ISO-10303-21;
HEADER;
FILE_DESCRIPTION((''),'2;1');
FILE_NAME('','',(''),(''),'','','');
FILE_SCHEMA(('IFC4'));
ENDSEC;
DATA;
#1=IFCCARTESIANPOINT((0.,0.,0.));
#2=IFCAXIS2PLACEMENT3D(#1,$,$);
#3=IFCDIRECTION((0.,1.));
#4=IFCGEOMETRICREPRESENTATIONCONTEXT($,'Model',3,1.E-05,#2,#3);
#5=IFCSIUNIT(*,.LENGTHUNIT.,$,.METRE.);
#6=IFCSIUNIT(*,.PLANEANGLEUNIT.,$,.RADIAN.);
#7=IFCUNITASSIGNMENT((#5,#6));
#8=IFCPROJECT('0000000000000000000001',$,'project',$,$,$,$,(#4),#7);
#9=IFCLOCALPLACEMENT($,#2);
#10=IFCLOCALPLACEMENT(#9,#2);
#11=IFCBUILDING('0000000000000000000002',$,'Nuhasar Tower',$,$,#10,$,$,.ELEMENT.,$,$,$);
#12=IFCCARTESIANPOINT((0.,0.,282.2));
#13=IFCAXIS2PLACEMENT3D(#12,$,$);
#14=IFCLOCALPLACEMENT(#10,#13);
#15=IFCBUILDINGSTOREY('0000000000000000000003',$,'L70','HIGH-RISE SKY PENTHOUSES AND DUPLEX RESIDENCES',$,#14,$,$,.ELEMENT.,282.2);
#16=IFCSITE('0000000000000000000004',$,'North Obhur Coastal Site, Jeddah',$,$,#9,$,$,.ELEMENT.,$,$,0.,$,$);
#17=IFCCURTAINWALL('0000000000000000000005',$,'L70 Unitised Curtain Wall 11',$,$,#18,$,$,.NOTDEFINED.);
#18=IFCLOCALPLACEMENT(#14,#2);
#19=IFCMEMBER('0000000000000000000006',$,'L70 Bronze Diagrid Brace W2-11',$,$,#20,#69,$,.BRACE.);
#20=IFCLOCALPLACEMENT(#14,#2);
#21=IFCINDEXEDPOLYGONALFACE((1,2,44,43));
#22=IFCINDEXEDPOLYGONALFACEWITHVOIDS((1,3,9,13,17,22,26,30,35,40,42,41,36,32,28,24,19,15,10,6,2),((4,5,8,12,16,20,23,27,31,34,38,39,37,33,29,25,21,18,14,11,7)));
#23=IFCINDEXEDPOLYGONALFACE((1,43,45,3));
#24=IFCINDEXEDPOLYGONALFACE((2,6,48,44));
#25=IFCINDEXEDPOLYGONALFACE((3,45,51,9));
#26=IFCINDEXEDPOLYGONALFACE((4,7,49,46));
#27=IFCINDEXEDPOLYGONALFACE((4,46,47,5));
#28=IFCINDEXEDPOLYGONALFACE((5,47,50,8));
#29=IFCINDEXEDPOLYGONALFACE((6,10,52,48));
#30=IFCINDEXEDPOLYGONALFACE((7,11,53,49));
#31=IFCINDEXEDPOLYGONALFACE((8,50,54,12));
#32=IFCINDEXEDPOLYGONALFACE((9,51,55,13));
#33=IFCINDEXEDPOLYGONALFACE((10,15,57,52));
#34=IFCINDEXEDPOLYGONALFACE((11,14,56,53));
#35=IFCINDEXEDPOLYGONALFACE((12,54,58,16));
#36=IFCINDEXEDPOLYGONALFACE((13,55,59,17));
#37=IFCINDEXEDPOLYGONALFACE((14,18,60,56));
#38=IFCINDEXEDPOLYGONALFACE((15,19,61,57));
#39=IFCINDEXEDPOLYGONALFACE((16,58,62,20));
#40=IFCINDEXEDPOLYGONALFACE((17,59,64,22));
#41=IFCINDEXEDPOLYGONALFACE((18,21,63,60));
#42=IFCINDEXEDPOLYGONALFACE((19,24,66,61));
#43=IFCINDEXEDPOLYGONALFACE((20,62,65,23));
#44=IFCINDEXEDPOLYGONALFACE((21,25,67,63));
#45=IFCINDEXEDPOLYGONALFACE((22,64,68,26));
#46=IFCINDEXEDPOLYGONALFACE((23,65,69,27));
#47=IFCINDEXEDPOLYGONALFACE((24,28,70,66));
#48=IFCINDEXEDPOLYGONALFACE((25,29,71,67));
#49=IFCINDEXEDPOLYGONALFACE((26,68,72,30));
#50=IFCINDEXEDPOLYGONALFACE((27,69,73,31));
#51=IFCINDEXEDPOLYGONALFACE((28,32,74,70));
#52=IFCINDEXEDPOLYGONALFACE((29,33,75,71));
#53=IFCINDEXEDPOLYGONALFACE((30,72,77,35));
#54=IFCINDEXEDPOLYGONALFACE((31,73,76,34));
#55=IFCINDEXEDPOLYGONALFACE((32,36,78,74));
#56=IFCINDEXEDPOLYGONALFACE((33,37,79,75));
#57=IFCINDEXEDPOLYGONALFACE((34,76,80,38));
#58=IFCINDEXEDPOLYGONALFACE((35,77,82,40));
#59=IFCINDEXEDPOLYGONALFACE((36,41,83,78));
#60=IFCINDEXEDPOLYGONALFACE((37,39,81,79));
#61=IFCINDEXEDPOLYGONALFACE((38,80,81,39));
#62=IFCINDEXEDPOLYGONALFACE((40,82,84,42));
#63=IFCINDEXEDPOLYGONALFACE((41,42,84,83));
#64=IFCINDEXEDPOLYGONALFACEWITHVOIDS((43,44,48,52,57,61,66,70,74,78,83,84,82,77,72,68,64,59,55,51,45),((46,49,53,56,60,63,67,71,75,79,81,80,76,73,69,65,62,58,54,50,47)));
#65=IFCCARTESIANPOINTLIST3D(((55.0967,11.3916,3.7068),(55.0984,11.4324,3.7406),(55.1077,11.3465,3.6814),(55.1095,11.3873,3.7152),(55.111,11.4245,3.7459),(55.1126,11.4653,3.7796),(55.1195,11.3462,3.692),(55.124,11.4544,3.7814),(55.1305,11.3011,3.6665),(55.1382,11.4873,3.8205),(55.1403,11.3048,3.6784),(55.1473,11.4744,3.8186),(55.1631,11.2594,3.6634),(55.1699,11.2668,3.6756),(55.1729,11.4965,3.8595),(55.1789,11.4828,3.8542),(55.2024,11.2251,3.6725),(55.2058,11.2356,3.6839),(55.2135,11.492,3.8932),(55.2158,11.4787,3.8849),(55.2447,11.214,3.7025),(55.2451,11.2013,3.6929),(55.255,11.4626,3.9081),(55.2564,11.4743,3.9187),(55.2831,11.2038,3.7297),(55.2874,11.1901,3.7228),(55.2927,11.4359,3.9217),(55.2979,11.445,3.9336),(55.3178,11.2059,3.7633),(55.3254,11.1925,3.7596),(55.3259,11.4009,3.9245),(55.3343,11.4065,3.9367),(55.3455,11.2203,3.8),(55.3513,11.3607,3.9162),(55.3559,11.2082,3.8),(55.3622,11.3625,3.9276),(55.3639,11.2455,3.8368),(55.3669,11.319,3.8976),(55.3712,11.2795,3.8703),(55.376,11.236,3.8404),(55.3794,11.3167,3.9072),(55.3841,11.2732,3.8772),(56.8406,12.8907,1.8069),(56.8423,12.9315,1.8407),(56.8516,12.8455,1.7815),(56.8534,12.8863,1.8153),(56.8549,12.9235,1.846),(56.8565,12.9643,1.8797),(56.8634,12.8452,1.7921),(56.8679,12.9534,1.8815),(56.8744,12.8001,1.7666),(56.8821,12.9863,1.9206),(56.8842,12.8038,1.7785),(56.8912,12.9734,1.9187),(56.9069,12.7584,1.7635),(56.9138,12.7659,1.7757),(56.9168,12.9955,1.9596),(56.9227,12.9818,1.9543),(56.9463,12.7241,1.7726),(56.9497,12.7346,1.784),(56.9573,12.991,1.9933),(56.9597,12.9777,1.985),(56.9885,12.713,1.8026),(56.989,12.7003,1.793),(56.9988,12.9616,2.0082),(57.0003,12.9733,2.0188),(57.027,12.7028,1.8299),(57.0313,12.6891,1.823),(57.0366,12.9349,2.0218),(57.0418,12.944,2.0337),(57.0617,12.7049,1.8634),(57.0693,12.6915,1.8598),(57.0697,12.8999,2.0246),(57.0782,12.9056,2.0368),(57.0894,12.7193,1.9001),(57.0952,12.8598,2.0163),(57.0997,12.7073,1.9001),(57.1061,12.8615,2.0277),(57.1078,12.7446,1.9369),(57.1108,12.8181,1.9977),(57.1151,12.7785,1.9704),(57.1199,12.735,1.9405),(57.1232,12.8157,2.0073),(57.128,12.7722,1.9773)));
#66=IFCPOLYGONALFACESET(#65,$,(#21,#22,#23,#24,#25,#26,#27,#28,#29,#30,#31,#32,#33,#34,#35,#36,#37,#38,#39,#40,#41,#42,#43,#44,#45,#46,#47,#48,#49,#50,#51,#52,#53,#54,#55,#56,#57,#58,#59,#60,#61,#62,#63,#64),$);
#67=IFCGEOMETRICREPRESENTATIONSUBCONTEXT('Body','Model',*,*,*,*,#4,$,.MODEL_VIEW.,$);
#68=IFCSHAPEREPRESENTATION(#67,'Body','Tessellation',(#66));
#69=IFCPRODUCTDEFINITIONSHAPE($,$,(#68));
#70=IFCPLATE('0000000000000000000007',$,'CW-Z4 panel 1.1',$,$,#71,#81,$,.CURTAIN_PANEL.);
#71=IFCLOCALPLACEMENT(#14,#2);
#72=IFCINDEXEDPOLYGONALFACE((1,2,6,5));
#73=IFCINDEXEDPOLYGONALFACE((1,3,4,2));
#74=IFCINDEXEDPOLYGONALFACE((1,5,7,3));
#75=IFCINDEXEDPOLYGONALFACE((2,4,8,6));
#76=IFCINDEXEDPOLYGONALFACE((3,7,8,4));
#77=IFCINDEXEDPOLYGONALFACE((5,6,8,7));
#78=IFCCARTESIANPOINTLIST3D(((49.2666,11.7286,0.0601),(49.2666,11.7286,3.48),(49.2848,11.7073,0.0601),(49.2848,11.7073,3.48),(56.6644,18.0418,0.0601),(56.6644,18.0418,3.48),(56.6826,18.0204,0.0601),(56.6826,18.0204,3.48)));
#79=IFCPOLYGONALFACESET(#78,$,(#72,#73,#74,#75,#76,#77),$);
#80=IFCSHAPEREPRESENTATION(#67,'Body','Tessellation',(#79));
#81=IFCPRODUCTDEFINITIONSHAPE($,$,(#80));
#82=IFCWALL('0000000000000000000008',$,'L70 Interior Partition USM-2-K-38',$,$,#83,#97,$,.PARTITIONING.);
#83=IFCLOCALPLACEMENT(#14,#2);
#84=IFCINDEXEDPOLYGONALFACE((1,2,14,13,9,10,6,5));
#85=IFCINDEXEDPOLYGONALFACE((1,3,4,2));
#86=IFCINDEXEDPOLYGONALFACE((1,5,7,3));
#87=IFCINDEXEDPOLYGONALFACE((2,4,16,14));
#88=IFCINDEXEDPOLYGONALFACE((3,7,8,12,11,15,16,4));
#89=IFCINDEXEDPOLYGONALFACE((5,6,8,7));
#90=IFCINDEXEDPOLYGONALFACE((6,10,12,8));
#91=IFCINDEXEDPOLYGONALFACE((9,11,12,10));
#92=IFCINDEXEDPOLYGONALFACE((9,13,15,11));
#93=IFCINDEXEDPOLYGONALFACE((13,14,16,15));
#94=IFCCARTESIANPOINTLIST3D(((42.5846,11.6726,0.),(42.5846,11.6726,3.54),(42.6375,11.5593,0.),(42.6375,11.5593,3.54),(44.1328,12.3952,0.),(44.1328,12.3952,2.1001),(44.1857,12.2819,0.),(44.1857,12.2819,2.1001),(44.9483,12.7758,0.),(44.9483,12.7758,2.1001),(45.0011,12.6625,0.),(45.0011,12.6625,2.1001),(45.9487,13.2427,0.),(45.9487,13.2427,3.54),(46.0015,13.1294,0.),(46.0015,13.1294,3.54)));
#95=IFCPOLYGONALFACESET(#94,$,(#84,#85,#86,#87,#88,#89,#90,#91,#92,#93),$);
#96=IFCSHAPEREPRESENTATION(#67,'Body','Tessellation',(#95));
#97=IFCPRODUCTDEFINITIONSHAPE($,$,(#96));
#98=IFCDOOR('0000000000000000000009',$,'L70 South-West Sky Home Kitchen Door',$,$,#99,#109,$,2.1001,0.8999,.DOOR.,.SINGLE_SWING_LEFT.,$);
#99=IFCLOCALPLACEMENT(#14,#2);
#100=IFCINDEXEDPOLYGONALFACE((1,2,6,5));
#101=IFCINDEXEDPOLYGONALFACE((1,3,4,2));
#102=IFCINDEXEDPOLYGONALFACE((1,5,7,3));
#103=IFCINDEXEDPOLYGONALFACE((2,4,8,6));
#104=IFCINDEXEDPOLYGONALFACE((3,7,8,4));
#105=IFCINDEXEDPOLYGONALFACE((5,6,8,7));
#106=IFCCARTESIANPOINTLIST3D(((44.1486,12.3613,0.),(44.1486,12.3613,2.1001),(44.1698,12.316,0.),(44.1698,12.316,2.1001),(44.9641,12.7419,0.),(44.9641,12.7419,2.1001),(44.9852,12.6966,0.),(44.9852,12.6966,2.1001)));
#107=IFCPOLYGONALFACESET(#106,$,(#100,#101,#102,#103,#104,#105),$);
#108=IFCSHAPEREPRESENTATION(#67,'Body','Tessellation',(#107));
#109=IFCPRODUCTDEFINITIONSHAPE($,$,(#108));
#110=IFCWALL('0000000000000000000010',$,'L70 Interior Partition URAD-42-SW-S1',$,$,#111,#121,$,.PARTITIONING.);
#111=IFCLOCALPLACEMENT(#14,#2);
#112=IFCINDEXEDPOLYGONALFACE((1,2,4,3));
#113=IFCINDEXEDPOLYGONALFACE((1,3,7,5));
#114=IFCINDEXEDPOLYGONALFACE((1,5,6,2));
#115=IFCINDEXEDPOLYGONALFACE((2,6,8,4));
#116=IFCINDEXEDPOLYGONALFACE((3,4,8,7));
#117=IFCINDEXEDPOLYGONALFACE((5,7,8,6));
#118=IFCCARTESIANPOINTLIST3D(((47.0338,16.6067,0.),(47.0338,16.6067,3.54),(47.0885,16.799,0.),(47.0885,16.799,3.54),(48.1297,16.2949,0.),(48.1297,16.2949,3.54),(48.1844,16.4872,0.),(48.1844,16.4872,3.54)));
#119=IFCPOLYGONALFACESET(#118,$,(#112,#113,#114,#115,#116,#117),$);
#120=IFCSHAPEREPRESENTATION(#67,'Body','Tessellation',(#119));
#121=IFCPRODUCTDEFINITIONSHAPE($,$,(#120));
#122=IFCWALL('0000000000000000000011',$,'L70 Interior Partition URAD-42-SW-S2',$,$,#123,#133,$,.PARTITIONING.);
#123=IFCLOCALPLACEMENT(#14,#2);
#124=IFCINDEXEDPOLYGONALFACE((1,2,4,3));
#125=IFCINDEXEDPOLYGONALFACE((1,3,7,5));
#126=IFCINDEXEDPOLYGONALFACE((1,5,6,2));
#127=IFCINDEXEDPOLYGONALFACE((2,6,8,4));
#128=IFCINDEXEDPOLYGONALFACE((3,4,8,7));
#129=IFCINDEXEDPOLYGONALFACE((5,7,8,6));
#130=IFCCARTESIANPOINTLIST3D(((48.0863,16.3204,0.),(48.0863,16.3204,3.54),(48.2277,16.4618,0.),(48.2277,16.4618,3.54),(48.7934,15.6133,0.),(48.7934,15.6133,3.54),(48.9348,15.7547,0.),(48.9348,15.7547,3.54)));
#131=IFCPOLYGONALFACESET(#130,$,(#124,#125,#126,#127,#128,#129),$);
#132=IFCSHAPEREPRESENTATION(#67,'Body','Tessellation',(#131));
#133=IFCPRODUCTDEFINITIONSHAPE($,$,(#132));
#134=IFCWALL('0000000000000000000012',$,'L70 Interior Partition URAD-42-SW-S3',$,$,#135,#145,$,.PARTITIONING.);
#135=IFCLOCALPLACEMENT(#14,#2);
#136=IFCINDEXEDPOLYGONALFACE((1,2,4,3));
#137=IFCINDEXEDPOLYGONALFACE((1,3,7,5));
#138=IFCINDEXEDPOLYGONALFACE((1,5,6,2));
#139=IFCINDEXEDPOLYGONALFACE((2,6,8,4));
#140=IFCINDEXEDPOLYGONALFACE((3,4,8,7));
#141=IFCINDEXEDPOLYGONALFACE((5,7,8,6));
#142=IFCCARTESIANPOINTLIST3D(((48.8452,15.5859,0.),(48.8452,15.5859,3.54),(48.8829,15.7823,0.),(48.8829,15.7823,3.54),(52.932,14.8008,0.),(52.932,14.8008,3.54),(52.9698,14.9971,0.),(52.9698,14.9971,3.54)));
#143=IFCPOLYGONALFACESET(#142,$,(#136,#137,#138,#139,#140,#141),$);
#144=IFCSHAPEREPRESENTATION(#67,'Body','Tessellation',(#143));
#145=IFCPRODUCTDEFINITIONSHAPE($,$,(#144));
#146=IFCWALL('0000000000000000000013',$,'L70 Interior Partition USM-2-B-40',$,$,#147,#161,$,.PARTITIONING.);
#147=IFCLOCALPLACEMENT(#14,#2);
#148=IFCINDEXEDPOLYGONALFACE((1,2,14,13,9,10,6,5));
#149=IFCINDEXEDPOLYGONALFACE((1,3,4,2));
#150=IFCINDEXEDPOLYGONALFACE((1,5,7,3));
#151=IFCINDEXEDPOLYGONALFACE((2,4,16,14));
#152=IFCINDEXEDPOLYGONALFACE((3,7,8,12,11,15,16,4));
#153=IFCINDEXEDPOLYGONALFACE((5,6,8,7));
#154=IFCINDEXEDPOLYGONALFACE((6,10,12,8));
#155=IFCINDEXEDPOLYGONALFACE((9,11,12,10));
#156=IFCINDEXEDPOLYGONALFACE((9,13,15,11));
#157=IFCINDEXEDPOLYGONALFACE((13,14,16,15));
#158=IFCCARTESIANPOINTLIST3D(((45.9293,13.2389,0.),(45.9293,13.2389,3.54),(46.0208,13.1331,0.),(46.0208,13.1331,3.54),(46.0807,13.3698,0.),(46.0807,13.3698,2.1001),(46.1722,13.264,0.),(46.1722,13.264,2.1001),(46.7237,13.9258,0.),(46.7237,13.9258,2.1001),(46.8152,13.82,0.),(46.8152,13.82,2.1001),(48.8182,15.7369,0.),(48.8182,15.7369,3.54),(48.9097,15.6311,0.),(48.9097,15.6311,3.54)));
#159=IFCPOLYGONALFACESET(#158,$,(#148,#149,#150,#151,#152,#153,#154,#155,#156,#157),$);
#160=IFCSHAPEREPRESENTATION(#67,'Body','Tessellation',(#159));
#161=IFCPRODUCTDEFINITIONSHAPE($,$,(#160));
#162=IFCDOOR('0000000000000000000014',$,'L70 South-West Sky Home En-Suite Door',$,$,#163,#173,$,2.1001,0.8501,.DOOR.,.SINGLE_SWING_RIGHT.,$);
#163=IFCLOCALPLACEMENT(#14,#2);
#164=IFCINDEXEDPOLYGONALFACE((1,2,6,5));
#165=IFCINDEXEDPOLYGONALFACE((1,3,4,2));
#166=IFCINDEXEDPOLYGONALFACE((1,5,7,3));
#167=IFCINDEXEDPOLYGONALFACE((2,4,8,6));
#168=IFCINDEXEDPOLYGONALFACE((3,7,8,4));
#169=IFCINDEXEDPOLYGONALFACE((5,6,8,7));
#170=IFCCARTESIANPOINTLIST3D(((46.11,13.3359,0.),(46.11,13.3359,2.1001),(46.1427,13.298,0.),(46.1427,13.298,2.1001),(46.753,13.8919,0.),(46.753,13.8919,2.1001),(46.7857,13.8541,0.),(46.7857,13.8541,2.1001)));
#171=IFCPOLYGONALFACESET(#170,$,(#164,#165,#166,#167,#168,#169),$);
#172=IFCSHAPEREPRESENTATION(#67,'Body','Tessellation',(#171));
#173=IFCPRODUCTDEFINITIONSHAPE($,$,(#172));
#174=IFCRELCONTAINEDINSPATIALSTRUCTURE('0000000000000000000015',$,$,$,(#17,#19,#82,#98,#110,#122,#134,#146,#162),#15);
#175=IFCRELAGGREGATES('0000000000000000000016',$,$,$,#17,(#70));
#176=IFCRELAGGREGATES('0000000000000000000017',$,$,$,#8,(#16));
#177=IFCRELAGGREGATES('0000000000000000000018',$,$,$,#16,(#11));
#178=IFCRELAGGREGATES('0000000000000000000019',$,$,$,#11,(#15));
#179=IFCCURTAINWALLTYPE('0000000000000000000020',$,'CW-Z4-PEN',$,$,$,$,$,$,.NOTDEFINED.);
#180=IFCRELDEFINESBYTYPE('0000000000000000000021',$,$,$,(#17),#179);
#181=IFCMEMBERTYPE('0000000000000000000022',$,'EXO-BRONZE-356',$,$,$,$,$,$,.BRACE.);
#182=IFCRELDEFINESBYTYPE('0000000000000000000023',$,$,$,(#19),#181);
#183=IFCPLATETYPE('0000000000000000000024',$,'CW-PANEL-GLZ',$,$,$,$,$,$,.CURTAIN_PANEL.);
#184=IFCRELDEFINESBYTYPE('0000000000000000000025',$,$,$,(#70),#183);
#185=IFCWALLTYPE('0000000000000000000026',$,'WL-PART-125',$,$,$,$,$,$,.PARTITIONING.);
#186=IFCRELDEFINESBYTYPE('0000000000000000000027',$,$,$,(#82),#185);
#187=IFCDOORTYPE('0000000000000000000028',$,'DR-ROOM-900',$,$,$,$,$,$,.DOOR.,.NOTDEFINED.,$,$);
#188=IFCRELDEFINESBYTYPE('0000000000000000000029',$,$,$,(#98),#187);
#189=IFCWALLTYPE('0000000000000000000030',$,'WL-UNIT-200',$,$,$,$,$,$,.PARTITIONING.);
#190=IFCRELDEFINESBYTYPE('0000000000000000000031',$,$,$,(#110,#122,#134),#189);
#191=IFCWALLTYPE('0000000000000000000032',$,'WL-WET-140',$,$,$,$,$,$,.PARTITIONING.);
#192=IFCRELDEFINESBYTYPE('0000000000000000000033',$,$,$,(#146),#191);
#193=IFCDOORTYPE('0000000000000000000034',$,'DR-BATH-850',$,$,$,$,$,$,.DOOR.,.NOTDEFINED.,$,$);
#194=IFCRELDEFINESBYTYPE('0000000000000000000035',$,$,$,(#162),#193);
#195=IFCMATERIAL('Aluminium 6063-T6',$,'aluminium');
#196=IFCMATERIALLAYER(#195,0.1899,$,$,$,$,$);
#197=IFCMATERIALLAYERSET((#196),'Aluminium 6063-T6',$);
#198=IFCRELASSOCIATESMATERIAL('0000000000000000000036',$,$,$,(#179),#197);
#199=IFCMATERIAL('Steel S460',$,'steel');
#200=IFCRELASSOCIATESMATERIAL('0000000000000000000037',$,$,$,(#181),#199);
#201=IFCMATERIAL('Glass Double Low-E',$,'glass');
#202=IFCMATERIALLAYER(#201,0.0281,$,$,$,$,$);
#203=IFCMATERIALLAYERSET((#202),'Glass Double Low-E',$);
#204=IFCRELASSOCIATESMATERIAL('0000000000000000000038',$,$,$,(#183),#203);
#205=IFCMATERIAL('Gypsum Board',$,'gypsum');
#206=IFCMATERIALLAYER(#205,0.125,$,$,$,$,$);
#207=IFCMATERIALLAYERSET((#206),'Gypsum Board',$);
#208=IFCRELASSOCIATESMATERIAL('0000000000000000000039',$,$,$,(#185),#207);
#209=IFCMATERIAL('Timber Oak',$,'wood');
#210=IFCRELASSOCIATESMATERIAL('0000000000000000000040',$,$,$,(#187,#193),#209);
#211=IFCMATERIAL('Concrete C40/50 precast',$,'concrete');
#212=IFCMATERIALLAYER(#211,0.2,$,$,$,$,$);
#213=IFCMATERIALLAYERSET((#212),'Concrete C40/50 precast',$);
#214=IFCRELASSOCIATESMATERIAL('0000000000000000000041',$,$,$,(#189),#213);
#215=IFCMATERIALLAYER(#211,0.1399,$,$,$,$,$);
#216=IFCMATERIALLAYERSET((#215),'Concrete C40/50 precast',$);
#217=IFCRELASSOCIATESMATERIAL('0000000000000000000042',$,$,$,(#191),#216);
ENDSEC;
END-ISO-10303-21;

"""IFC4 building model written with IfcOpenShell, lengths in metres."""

from ifc_helpers import new_model, si_unit, direction, frame, frame_2d, origin, origin_2d, place, context, subcontext, project, spatial, rectangle, hollow_circle, extrude, material, layer, layer_set, material_profile, profile_set, type_object, element, fill, aggregate, save


model = new_model("IFC4")

# Units and contexts
model_context = context("Model", 3, precision=1e-05, world=origin(), true_north=direction((0.0, 1.0)))
body_context = subcontext(model_context, "Body", "Model", "MODEL_VIEW")
ifc_project = project(units=[si_unit("LENGTHUNIT", "METRE"), si_unit("PLANEANGLEUNIT", "RADIAN")], contexts=[model_context])

# Site, building, storey
site_placement = place(None, origin())
site = spatial("IfcSite", under=ifc_project, at=site_placement, Name="North Obhur Coastal Site, Jeddah", CompositionType="ELEMENT", RefElevation=0.0)
building_placement = place(site_placement, origin())
building = spatial("IfcBuilding", under=site, at=building_placement, Name="Nuhasar Tower", CompositionType="ELEMENT")
storey_placement = place(building_placement, frame((0.0, 0.0, 282.2)))
storey = spatial("IfcBuildingStorey", under=building, at=storey_placement, Name="L70", Description="HIGH-RISE SKY PENTHOUSES AND DUPLEX RESIDENCES", CompositionType="ELEMENT", Elevation=282.2)

# Shared definitions
ifc_material_1 = material(Name="Aluminium 6063-T6", Category="aluminium")
ifc_layer_1 = layer(ifc_material_1, 0.1899)
ifc_layer_set_1 = layer_set([ifc_layer_1], Name="Aluminium 6063-T6")
curtain_wall_type = type_object("IfcCurtainWallType", Name="CW-Z4-PEN", PredefinedType="NOTDEFINED", material=ifc_layer_set_1)

# Curtain wall
curtain_wall_1_placement = place(storey_placement, origin())
curtain_wall_1 = element("IfcCurtainWall", 1, at=curtain_wall_1_placement, inside=storey, type_object=curtain_wall_type, Name="L70 Unitised Curtain Wall 11", PredefinedType="NOTDEFINED")

# Member
ifc_material_2 = material(Name="Steel S460", Category="steel")
ifc_material_profile_1 = material_profile(ifc_material_2, hollow_circle(Radius=0.1777, WallThickness=0.0159, at=origin_2d()), Name="HSS355.6X15.9")
ifc_profile_set_1 = profile_set([ifc_material_profile_1], Name="Steel S460")
member_type_1 = type_object("IfcMemberType", Name="EXO-BRONZE-356", PredefinedType="BRACE", material=ifc_profile_set_1)
member_1_placement = place(storey_placement, frame((56.9839, 12.842, 1.9001), z_axis=(-0.584625, -0.502534, 0.636925), x_axis=(0.651857, -0.758342, 0.0)))
element("IfcMember", 2, at=member_1_placement, inside=storey, type_object=member_type_1, Name="L70 Bronze Diagrid Brace W2-11", PredefinedType="BRACE", context=body_context, shape_type="SweptSolid", body=[
    extrude(hollow_circle(Radius=0.1777, WallThickness=0.0159, at=origin_2d()), origin(), (0.0, 0.0, 1.0), 2.9829),
])

# Plate
ifc_material_3 = material(Name="Glass Double Low-E", Category="glass")
ifc_layer_2 = layer(ifc_material_3, 0.0281)
ifc_layer_set_2 = layer_set([ifc_layer_2], Name="Glass Double Low-E")
plate_type = type_object("IfcPlateType", Name="CW-PANEL-GLZ", PredefinedType="CURTAIN_PANEL", material=ifc_layer_set_2)
plate_placement = place(storey_placement, frame((52.9746, 14.8745, 0.0601), z_axis=(0.0, 0.0, 1.0), x_axis=(0.760667, 0.649142, 0.0)))
plate = element("IfcPlate", 3, at=plate_placement, type_object=plate_type, Name="CW-Z4 panel 1.1", PredefinedType="CURTAIN_PANEL", context=body_context, shape_type="SweptSolid", body=[
    extrude(rectangle(XDim=9.7253, YDim=0.0281, at=origin_2d()), origin(), (0.0, 0.0, 1.0), 3.4199),
])
aggregate(curtain_wall_1, [plate])

# Wall, opening, door
ifc_material_4 = material(Name="Gypsum Board", Category="gypsum")
ifc_layer_3 = layer(ifc_material_4, 0.125)
ifc_layer_set_3 = layer_set([ifc_layer_3], Name="Gypsum Board")
wall_type_1 = type_object("IfcWallType", Name="WL-PART-125", PredefinedType="PARTITIONING", material=ifc_layer_set_3)
wall_1_placement = place(storey_placement, frame((45.9751, 13.186, 0.0), z_axis=(0.0, 0.0, 1.0), x_axis=(-0.906163, -0.422929, 0.0)))
wall_1 = element("IfcWall", 4, at=wall_1_placement, inside=storey, type_object=wall_type_1, Name="L70 Interior Partition USM-2-K-38", PredefinedType="PARTITIONING", context=body_context, shape_type="SweptSolid", body=[
    extrude(rectangle(XDim=3.7124, YDim=0.125, at=frame_2d((1.8562, 0.0))), origin(), (0.0, 0.0, 1.0), 3.54),
])
opening_1_placement = place(wall_1_placement, frame((1.104, 0.0, 0.0)))
opening_1 = element("IfcOpeningElement", 5, at=opening_1_placement, cuts=wall_1, PredefinedType="OPENING", context=body_context, shape_type="SweptSolid", body=[
    extrude(rectangle(XDim=0.8999, YDim=2.1001, at=frame_2d((0.45, 1.05))), frame((0.0, 0.0725, 0.0), z_axis=(0.0, -1.0, 0.0), x_axis=(1.0, 0.0, 0.0)), (0.0, 0.0, 1.0), 0.145),
])
ifc_material_5 = material(Name="Timber Oak", Category="wood")
door_type_1 = type_object("IfcDoorType", Name="DR-ROOM-900", OperationType="NOTDEFINED", PredefinedType="DOOR", material=ifc_material_5)
door_1_placement = place(opening_1_placement, origin())
door_1 = element("IfcDoor", 6, at=door_1_placement, inside=storey, type_object=door_type_1, Name="L70 South-West Sky Home Kitchen Door", OperationType="SINGLE_SWING_LEFT", OverallHeight=2.1001, OverallWidth=0.8999, PredefinedType="DOOR", context=body_context, shape_type="SweptSolid", body=[
    extrude(rectangle(XDim=0.8999, YDim=2.1001, at=frame_2d((0.45, 1.05))), frame((0.0, 0.0249, 0.0), z_axis=(0.0, -1.0, 0.0), x_axis=(1.0, 0.0, 0.0)), (0.0, 0.0, 1.0), 0.05),
])
fill(opening_1, door_1)

# Walls
ifc_material_6 = material(Name="Concrete C40/50 precast", Category="concrete")
ifc_layer_4 = layer(ifc_material_6, 0.2)
ifc_layer_set_4 = layer_set([ifc_layer_4], Name="Concrete C40/50 precast")
wall_type_2 = type_object("IfcWallType", Name="WL-UNIT-200", PredefinedType="PARTITIONING", material=ifc_layer_set_4)
wall_2_placement = place(storey_placement, frame((47.061, 16.7029, 0.0), z_axis=(0.0, 0.0, 1.0), x_axis=(0.961839, -0.273617, 0.0)))
element("IfcWall", 7, at=wall_2_placement, inside=storey, type_object=wall_type_2, Name="L70 Interior Partition URAD-42-SW-S1", PredefinedType="PARTITIONING", context=body_context, shape_type="SweptSolid", body=[
    extrude(rectangle(XDim=1.1394, YDim=0.2, at=frame_2d((0.5698, 0.0))), origin(), (0.0, 0.0, 1.0), 3.54),
])
wall_3_placement = place(storey_placement, frame((48.157, 16.3911, 0.0), z_axis=(0.0, 0.0, 1.0), x_axis=(0.707107, -0.707107, 0.0)))
element("IfcWall", 8, at=wall_3_placement, inside=storey, type_object=wall_type_2, Name="L70 Interior Partition URAD-42-SW-S2", PredefinedType="PARTITIONING", context=body_context, shape_type="SweptSolid", body=[
    extrude(rectangle(XDim=1.0, YDim=0.2, at=frame_2d((0.5, 0.0))), origin(), (0.0, 0.0, 1.0), 3.54),
])
wall_4_placement = place(storey_placement, frame((48.864, 15.6841, 0.0), z_axis=(0.0, 0.0, 1.0), x_axis=(0.982042, -0.188665, 0.0)))
element("IfcWall", 9, at=wall_4_placement, inside=storey, type_object=wall_type_2, Name="L70 Interior Partition URAD-42-SW-S3", PredefinedType="PARTITIONING", context=body_context, shape_type="SweptSolid", body=[
    extrude(rectangle(XDim=4.1616, YDim=0.2, at=frame_2d((2.0808, 0.0))), origin(), (0.0, 0.0, 1.0), 3.54),
])

# Wall, opening, door
ifc_layer_5 = layer(ifc_material_6, 0.1399)
ifc_layer_set_5 = layer_set([ifc_layer_5], Name="Concrete C40/50 precast")
wall_type_3 = type_object("IfcWallType", Name="WL-WET-140", PredefinedType="PARTITIONING", material=ifc_layer_set_5)
wall_5_placement = place(storey_placement, frame((48.864, 15.6841, 0.0), z_axis=(0.0, 0.0, 1.0), x_axis=(-0.756425, -0.654081, 0.0)))
wall_5 = element("IfcWall", 10, at=wall_5_placement, inside=storey, type_object=wall_type_3, Name="L70 Interior Partition USM-2-B-40", PredefinedType="PARTITIONING", context=body_context, shape_type="SweptSolid", body=[
    extrude(rectangle(XDim=3.8191, YDim=0.1399, at=frame_2d((1.9097, 0.0))), origin(), (0.0, 0.0, 1.0), 3.54),
])
opening_2_placement = place(wall_5_placement, frame((2.769, 0.0, 0.0)))
opening_2 = element("IfcOpeningElement", 11, at=opening_2_placement, cuts=wall_5, PredefinedType="OPENING", context=body_context, shape_type="SweptSolid", body=[
    extrude(rectangle(XDim=0.8501, YDim=2.1001, at=frame_2d((0.425, 1.05))), frame((0.0, 0.0801, 0.0), z_axis=(0.0, -1.0, 0.0), x_axis=(1.0, 0.0, 0.0)), (0.0, 0.0, 1.0), 0.1599),
])
door_type_2 = type_object("IfcDoorType", Name="DR-BATH-850", OperationType="NOTDEFINED", PredefinedType="DOOR", material=ifc_material_5)
door_2_placement = place(opening_2_placement, origin())
door_2 = element("IfcDoor", 12, at=door_2_placement, inside=storey, type_object=door_type_2, Name="L70 South-West Sky Home En-Suite Door", OperationType="SINGLE_SWING_RIGHT", OverallHeight=2.1001, OverallWidth=0.8501, PredefinedType="DOOR", context=body_context, shape_type="SweptSolid", body=[
    extrude(rectangle(XDim=0.8501, YDim=2.1001, at=frame_2d((0.425, 1.05))), frame((0.0, 0.0249, 0.0), z_axis=(0.0, -1.0, 0.0), x_axis=(1.0, 0.0, 0.0)), (0.0, 0.0, 1.0), 0.05),
])
fill(opening_2, door_2)

save(model, "model.ifc")
